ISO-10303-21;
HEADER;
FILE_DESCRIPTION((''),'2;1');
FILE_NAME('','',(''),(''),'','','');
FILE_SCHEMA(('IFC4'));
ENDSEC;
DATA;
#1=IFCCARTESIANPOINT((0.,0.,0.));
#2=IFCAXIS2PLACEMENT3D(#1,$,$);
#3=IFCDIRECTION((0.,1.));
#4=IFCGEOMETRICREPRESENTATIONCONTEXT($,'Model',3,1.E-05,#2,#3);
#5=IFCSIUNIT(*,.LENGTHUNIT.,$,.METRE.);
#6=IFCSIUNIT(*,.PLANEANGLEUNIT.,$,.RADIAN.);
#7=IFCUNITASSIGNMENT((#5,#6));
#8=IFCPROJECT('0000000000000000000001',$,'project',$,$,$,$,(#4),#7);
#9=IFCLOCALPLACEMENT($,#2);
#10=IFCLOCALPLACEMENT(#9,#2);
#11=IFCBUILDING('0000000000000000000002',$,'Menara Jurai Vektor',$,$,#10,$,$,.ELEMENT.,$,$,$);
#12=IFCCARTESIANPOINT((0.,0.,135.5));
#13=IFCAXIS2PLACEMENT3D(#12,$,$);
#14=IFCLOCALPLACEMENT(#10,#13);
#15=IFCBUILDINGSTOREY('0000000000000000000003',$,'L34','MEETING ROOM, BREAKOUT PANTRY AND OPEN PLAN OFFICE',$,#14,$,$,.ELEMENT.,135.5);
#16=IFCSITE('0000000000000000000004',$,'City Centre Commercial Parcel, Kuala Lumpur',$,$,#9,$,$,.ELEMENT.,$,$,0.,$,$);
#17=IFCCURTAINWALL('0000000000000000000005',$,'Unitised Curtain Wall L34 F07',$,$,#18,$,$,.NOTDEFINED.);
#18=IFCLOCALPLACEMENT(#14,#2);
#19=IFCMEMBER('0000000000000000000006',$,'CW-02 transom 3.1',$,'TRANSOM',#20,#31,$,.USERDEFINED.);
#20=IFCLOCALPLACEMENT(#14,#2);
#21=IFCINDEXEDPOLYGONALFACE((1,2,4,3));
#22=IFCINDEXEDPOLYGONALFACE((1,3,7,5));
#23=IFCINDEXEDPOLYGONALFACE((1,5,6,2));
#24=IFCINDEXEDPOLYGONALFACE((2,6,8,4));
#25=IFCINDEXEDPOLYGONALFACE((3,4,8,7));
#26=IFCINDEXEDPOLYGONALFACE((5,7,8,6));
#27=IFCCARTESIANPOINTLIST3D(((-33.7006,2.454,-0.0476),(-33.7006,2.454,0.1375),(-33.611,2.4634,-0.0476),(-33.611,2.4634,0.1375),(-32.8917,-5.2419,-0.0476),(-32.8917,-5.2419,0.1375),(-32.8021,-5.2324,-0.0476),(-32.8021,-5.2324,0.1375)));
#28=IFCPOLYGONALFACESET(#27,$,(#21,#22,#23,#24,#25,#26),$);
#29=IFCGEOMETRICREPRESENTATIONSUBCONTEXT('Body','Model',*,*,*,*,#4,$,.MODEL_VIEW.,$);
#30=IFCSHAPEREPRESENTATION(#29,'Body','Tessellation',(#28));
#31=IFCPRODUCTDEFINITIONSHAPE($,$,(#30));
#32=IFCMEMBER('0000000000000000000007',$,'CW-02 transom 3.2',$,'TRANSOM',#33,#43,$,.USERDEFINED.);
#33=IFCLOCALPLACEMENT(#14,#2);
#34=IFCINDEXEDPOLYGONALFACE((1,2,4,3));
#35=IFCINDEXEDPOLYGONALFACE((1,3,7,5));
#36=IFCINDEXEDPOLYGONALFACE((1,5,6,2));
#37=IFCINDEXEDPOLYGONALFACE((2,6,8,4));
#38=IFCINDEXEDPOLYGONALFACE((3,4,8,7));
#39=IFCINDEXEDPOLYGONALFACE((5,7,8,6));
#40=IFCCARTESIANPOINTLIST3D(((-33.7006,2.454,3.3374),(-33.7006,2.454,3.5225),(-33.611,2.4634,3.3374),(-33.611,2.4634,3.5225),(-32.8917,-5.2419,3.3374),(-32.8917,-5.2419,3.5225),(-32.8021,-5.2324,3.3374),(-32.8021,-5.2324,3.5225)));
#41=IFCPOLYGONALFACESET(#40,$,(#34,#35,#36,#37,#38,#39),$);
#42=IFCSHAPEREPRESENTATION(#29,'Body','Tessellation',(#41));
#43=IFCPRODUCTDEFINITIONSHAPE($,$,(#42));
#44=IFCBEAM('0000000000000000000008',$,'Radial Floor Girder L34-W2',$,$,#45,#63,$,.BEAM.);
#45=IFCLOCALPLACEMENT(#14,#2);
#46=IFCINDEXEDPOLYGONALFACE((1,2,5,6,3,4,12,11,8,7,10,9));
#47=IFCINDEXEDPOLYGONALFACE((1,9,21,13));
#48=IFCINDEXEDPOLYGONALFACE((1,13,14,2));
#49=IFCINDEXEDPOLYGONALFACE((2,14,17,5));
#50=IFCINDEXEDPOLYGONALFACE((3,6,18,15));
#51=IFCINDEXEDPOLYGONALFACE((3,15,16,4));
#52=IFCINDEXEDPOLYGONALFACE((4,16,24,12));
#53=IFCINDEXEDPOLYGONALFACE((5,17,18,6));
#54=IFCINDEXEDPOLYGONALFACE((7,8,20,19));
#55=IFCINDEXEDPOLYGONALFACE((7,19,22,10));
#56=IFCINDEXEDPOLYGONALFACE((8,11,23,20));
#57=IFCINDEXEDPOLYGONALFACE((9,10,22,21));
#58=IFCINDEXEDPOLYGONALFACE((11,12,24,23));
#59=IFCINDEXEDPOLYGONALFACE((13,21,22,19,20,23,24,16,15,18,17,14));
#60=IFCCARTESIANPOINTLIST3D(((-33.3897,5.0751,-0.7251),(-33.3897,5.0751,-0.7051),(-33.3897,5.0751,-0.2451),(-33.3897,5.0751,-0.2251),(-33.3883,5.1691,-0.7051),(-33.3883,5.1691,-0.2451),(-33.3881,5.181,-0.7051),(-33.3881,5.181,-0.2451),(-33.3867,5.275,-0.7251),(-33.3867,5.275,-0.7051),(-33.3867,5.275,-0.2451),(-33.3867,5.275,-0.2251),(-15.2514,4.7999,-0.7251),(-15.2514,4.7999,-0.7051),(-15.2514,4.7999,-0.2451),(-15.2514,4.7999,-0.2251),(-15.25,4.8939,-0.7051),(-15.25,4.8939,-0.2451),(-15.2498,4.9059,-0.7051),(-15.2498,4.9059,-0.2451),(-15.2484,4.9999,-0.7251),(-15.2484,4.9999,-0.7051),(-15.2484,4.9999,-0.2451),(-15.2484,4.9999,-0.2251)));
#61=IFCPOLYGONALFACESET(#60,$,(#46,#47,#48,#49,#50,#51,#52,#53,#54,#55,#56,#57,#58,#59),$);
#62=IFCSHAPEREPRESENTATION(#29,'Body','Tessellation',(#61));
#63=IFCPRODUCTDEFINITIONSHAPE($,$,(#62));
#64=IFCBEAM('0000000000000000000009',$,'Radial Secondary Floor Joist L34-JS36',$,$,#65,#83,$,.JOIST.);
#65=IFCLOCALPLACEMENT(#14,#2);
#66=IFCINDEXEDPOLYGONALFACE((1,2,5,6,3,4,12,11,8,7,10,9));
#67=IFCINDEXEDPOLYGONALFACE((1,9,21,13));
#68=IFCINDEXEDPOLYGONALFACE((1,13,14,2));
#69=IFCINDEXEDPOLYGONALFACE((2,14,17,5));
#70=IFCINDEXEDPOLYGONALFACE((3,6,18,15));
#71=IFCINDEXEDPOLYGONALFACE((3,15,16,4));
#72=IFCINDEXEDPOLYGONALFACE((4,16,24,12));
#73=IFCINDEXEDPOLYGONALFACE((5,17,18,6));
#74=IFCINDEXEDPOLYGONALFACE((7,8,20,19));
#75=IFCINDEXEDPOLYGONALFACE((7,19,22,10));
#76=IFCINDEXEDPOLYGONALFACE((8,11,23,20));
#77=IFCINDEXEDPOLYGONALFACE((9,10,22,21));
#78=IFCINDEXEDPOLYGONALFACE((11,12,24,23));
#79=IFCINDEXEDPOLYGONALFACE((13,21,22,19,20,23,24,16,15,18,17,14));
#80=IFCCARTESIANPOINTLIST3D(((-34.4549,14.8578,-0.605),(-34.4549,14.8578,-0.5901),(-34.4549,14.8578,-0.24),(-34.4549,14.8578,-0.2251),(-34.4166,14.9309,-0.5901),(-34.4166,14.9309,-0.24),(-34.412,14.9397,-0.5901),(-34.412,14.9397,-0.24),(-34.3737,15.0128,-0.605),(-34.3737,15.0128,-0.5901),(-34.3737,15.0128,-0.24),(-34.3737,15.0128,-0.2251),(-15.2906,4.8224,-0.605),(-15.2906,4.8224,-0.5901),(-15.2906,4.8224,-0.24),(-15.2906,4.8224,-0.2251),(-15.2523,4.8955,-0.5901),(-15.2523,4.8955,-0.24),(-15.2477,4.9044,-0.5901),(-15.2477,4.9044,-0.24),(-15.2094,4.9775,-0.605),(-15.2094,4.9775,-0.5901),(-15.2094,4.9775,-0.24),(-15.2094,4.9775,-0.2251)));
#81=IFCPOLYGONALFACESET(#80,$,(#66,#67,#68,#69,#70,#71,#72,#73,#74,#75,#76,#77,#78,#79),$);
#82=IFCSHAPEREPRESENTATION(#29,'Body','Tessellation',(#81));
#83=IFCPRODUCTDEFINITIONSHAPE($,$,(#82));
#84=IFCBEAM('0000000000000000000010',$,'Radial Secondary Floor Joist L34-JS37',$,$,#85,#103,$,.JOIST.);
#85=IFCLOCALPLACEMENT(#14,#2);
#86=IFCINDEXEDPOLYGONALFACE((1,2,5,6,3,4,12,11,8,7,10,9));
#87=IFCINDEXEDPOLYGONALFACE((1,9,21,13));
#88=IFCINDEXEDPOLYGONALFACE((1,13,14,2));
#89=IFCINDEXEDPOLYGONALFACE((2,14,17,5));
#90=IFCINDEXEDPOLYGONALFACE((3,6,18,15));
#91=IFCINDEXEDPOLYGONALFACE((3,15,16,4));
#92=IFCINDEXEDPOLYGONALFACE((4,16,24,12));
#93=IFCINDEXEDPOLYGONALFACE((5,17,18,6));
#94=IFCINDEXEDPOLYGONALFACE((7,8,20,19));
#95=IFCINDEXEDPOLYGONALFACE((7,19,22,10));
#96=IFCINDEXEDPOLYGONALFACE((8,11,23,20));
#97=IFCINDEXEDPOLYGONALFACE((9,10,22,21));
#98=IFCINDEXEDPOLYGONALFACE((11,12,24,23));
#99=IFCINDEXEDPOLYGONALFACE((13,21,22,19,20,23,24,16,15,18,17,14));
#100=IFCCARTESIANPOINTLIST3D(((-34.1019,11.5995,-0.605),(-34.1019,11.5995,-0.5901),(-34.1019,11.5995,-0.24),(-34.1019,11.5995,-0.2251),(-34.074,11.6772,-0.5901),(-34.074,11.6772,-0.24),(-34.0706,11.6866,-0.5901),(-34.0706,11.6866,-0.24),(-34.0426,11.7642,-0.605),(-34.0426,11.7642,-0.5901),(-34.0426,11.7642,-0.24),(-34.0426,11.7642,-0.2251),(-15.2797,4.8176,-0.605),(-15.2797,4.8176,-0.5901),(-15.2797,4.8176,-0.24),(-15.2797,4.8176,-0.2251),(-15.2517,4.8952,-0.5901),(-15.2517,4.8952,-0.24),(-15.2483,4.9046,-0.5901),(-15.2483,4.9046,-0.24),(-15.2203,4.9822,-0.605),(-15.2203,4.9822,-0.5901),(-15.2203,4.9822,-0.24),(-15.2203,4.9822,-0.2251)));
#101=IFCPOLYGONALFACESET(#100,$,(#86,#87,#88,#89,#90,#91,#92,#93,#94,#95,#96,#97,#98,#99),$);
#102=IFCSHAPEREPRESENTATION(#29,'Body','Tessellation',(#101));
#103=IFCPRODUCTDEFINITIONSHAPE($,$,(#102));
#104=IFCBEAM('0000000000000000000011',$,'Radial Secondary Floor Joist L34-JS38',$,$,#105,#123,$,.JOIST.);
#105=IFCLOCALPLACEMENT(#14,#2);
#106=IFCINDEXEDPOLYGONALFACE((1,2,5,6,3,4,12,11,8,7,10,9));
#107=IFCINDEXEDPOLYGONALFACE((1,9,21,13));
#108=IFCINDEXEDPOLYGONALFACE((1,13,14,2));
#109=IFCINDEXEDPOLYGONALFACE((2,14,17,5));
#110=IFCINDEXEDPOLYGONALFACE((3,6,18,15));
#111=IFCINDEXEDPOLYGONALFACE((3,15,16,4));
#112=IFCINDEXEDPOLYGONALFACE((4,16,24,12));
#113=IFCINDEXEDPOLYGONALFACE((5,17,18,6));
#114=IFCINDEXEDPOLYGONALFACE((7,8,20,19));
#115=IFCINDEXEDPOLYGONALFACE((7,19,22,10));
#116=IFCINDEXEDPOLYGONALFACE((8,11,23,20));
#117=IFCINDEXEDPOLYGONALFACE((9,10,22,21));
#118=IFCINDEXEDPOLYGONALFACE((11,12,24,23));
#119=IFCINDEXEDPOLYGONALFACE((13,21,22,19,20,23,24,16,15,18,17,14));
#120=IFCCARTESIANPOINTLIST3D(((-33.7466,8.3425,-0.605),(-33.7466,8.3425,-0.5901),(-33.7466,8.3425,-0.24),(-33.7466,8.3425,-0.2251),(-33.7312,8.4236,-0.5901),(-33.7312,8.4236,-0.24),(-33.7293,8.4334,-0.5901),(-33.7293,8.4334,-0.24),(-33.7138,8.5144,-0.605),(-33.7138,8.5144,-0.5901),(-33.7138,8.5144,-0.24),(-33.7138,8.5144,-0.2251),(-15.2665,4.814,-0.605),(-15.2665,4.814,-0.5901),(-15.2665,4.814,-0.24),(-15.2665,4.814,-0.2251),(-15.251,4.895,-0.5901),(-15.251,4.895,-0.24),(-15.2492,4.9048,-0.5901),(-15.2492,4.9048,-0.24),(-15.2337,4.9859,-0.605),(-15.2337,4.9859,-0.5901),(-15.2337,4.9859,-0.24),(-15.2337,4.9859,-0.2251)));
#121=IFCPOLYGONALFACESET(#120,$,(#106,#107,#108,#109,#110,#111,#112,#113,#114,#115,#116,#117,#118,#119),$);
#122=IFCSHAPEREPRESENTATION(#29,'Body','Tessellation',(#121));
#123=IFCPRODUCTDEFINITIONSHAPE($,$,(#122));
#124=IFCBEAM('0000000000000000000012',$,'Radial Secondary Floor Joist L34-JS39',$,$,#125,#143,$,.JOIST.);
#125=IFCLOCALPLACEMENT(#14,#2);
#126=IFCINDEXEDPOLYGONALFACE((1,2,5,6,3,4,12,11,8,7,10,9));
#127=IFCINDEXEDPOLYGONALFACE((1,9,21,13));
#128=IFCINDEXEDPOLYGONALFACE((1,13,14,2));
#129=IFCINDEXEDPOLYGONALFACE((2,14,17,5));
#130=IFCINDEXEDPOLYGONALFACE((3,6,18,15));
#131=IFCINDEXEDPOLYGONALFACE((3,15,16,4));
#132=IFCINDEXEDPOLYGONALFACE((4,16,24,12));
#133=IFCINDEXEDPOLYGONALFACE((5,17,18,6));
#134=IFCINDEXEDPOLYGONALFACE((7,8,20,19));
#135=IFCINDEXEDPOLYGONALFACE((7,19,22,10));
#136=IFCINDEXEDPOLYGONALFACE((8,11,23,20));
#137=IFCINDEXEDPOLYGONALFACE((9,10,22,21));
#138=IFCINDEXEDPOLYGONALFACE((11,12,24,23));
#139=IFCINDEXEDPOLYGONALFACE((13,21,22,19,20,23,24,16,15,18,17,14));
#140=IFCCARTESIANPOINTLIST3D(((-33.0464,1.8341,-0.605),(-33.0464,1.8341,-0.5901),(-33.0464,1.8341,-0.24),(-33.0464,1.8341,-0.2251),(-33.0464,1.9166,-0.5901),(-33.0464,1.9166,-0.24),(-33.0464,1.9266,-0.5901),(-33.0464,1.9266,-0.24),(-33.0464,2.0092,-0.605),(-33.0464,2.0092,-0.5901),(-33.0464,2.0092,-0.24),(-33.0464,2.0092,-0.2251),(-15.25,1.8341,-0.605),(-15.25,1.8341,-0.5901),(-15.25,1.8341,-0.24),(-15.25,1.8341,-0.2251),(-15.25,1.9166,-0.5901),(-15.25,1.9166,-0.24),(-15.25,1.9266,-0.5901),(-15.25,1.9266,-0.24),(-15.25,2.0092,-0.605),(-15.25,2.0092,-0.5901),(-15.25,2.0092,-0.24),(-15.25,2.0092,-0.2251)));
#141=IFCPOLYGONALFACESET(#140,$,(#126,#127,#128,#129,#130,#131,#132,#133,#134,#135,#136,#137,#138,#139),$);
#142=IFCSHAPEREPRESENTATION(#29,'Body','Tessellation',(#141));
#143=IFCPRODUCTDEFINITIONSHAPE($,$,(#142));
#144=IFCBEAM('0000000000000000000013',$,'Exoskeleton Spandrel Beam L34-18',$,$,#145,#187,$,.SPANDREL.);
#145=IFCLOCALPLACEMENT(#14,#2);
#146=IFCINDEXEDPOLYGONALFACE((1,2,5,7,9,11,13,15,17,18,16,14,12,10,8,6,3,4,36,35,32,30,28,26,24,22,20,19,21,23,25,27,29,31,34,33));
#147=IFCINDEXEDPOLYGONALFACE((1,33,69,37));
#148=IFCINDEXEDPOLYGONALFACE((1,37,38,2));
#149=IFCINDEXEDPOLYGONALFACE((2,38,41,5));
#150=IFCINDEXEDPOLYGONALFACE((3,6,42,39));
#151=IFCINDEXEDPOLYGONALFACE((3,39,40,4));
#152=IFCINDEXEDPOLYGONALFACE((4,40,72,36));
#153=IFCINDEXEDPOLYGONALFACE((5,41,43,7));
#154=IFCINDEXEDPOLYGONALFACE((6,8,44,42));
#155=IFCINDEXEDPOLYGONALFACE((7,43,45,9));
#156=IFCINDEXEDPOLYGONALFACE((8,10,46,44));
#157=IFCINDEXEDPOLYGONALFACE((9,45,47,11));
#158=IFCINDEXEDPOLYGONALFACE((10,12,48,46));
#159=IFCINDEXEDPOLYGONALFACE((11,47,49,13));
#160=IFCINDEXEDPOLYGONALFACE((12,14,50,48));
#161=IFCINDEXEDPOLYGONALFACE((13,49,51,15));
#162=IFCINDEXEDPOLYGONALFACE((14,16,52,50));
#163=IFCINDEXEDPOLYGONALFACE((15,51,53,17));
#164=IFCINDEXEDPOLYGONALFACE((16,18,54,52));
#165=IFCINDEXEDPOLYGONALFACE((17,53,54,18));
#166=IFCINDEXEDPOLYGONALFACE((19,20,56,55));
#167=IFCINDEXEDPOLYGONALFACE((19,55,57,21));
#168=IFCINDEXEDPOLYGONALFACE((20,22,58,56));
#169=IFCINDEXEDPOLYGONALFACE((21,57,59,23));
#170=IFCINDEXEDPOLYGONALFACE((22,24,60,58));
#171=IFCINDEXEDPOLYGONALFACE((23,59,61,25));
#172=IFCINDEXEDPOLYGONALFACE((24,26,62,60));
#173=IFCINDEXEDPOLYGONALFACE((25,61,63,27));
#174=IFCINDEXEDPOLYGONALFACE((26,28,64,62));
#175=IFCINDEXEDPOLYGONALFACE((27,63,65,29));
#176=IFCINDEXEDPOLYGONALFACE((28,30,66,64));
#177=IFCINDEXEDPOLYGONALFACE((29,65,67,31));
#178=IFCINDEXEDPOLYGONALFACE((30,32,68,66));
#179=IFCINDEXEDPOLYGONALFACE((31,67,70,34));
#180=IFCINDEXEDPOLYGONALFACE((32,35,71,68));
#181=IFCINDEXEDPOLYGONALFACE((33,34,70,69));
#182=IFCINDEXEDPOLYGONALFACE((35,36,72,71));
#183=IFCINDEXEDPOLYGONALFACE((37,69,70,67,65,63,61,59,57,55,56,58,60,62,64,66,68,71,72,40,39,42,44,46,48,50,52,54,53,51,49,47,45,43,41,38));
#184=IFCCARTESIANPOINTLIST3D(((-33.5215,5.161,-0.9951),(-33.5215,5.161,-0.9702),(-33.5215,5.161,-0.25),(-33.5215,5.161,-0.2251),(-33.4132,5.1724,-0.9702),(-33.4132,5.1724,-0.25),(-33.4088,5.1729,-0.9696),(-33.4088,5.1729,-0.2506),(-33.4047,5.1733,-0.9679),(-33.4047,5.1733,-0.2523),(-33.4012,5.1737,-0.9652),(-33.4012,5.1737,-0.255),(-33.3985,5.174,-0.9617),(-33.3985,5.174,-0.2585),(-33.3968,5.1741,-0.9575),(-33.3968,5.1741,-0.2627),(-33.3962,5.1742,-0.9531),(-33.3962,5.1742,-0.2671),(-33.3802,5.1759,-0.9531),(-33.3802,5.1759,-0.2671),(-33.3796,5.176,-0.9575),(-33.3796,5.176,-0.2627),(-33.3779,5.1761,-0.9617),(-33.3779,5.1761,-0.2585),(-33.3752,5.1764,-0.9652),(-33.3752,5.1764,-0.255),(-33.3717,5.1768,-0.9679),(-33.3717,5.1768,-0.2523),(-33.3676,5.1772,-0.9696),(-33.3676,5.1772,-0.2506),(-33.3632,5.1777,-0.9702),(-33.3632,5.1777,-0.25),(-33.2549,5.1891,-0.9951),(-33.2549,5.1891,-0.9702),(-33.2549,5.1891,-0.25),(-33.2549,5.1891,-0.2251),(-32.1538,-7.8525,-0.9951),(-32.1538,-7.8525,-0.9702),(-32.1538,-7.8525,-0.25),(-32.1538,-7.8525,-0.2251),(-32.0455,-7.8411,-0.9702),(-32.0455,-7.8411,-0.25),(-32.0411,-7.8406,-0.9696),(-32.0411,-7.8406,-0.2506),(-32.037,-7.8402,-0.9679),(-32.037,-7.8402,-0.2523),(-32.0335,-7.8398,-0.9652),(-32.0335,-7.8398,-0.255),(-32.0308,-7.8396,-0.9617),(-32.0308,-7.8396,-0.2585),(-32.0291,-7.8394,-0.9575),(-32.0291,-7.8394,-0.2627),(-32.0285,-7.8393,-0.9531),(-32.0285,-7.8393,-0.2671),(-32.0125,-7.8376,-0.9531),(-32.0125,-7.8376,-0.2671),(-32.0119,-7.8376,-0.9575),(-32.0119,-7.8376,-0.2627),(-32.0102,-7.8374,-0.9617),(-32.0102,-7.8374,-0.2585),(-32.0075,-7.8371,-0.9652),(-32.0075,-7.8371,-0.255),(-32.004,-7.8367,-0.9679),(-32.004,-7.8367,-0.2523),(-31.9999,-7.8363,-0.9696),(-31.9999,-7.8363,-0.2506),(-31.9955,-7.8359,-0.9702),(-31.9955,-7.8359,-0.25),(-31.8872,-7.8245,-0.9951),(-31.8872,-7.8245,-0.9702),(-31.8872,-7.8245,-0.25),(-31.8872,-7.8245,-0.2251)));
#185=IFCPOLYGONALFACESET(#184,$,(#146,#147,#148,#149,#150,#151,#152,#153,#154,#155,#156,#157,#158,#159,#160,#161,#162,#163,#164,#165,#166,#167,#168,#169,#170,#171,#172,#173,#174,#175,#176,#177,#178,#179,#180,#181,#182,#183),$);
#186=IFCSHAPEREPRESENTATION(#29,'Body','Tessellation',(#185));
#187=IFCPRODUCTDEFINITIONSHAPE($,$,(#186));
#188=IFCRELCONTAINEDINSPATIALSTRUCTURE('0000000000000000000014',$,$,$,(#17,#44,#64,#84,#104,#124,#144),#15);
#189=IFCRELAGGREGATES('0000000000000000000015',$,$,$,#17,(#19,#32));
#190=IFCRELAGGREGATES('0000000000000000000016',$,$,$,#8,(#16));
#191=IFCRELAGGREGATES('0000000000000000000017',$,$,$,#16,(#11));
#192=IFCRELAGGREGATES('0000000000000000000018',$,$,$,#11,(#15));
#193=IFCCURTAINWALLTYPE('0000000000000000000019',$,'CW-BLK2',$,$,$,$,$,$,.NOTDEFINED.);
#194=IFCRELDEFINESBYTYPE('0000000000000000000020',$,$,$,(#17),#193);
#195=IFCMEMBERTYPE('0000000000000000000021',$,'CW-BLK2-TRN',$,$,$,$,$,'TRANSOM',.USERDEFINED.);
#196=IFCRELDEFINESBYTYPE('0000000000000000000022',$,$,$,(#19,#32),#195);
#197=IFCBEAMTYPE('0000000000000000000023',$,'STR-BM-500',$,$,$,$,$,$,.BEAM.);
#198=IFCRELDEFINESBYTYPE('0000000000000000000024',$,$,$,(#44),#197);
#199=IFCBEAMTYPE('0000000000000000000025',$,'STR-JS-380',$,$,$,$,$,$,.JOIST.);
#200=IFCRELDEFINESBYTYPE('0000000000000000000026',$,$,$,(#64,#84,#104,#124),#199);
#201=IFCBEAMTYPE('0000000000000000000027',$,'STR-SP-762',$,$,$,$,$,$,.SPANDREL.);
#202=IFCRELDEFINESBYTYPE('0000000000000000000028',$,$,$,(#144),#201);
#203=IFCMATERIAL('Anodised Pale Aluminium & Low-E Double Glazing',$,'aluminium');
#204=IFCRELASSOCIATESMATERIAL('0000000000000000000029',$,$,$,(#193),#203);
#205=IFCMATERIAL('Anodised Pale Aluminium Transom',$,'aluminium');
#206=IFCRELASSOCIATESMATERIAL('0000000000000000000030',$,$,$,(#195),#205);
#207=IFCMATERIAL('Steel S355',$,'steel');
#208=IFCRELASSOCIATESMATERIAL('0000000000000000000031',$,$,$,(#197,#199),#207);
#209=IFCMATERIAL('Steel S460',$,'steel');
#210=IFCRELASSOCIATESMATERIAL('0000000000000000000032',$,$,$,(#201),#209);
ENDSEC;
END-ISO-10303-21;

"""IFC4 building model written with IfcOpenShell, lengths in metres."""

from ifc_helpers import new_model, si_unit, direction, frame, origin, origin_2d, place, context, subcontext, project, spatial, rectangle, i_section, extrude, material, material_profile, profile_set, type_object, element, aggregate, save


model = new_model("IFC4")

# Units and contexts
model_context = context("Model", 3, precision=1e-05, world=origin(), true_north=direction((0.0, 1.0)))
body_context = subcontext(model_context, "Body", "Model", "MODEL_VIEW")
ifc_project = project(units=[si_unit("LENGTHUNIT", "METRE"), si_unit("PLANEANGLEUNIT", "RADIAN")], contexts=[model_context])

# Site, building, storey
site_placement = place(None, origin())
site = spatial("IfcSite", under=ifc_project, at=site_placement, Name="City Centre Commercial Parcel, Kuala Lumpur", CompositionType="ELEMENT", RefElevation=0.0)
building_placement = place(site_placement, origin())
building = spatial("IfcBuilding", under=site, at=building_placement, Name="Menara Jurai Vektor", CompositionType="ELEMENT")
storey_placement = place(building_placement, frame((0.0, 0.0, 135.5)))
storey = spatial("IfcBuildingStorey", under=building, at=storey_placement, Name="L34", Description="MEETING ROOM, BREAKOUT PANTRY AND OPEN PLAN OFFICE", CompositionType="ELEMENT", Elevation=135.5)

# Shared definitions
ifc_material_1 = material(Name="Steel S460", Category="steel")

# Curtain wall, members
ifc_material_2 = material(Name="Anodised Pale Aluminium & Low-E Double Glazing", Category="aluminium")
curtain_wall_type = type_object("IfcCurtainWallType", Name="CW-BLK2", PredefinedType="NOTDEFINED", material=ifc_material_2)
curtain_wall_placement = place(storey_placement, origin())
curtain_wall = element("IfcCurtainWall", 1, at=curtain_wall_placement, inside=storey, type_object=curtain_wall_type, Name="Unitised Curtain Wall L34 F07", PredefinedType="NOTDEFINED")
ifc_material_3 = material(Name="Anodised Pale Aluminium Transom", Category="aluminium")
ifc_material_profile_1 = material_profile(ifc_material_3, rectangle(XDim=0.0901, YDim=0.1851, at=origin_2d()), Name="ALU TRN 90x185")
ifc_profile_set_1 = profile_set([ifc_material_profile_1], Name="Anodised Pale Aluminium Transom")
member_type_1 = type_object("IfcMemberType", Name="CW-BLK2-TRN", ElementType="TRANSOM", PredefinedType="USERDEFINED", material=ifc_profile_set_1)
member_1_placement = place(storey_placement, frame((-33.6558, 2.4587, 0.0449), z_axis=(0.104525, -0.994522, 0.0), x_axis=(0.994522, 0.104525, 0.0)))
member_1 = element("IfcMember", 2, at=member_1_placement, type_object=member_type_1, Name="CW-02 transom 3.1", ObjectType="TRANSOM", PredefinedType="USERDEFINED", context=body_context, shape_type="SweptSolid", body=[
    extrude(rectangle(XDim=0.0901, YDim=0.1851, at=origin_2d()), origin(), (0.0, 0.0, 1.0), 7.7383),
])
member_2_placement = place(storey_placement, frame((-33.6558, 2.4587, 3.4299), z_axis=(0.104525, -0.994522, 0.0), x_axis=(0.994522, 0.104525, 0.0)))
member_2 = element("IfcMember", 3, at=member_2_placement, type_object=member_type_1, Name="CW-02 transom 3.2", ObjectType="TRANSOM", PredefinedType="USERDEFINED", context=body_context, shape_type="SweptSolid", body=[
    extrude(rectangle(XDim=0.0901, YDim=0.1851, at=origin_2d()), origin(), (0.0, 0.0, 1.0), 7.7383),
])

# Beams
ifc_material_4 = material(Name="Steel S355", Category="steel")
ifc_material_profile_2 = material_profile(ifc_material_4, i_section(OverallWidth=0.2, OverallDepth=0.5, WebThickness=0.012, FlangeThickness=0.02, at=origin_2d()), Name="PG 500x200x96")
ifc_profile_set_2 = profile_set([ifc_material_profile_2], Name="Steel S355")
beam_type_1 = type_object("IfcBeamType", Name="STR-BM-500", PredefinedType="BEAM", material=ifc_profile_set_2)
beam_1_placement = place(storey_placement, frame((-33.3882, 5.175, -0.4751), z_axis=(0.999885, -0.015168, 0.0), x_axis=(0.015168, 0.999885, 0.0)))
element("IfcBeam", 4, at=beam_1_placement, inside=storey, type_object=beam_type_1, Name="Radial Floor Girder L34-W2", PredefinedType="BEAM", context=body_context, shape_type="SweptSolid", body=[
    extrude(i_section(OverallWidth=0.2, OverallDepth=0.5, WebThickness=0.012, FlangeThickness=0.02, at=origin_2d()), origin(), (0.0, 0.0, 1.0), 18.1404),
])
ifc_material_profile_3 = material_profile(ifc_material_4, i_section(OverallWidth=0.175, OverallDepth=0.3799, WebThickness=0.01, FlangeThickness=0.0149, at=origin_2d()), Name="PG 380x175x58")
ifc_profile_set_3 = profile_set([ifc_material_profile_3], Name="Steel S355")
beam_type_2 = type_object("IfcBeamType", Name="STR-JS-380", PredefinedType="JOIST", material=ifc_profile_set_3)
beam_2_placement = place(storey_placement, frame((-34.4143, 14.9353, -0.415), z_axis=(0.885889, -0.463897, 0.0), x_axis=(0.463897, 0.885889, 0.0)))
element("IfcBeam", 5, at=beam_2_placement, inside=storey, type_object=beam_type_2, Name="Radial Secondary Floor Joist L34-JS36", PredefinedType="JOIST", context=body_context, shape_type="SweptSolid", body=[
    extrude(i_section(OverallWidth=0.175, OverallDepth=0.3799, WebThickness=0.01, FlangeThickness=0.0149, at=origin_2d()), origin(), (0.0, 0.0, 1.0), 21.6328),
])
beam_3_placement = place(storey_placement, frame((-34.0723, 11.6819, -0.415), z_axis=(0.940792, -0.338983, 0.0), x_axis=(0.338983, 0.940792, 0.0)))
element("IfcBeam", 6, at=beam_3_placement, inside=storey, type_object=beam_type_2, Name="Radial Secondary Floor Joist L34-JS37", PredefinedType="JOIST", context=body_context, shape_type="SweptSolid", body=[
    extrude(i_section(OverallWidth=0.175, OverallDepth=0.3799, WebThickness=0.01, FlangeThickness=0.0149, at=origin_2d()), origin(), (0.0, 0.0, 1.0), 20.0068),
])
beam_4_placement = place(storey_placement, frame((-33.7302, 8.4285, -0.415), z_axis=(0.982255, -0.187549, 0.0), x_axis=(0.187549, 0.982255, 0.0)))
element("IfcBeam", 7, at=beam_4_placement, inside=storey, type_object=beam_type_2, Name="Radial Secondary Floor Joist L34-JS38", PredefinedType="JOIST", context=body_context, shape_type="SweptSolid", body=[
    extrude(i_section(OverallWidth=0.175, OverallDepth=0.3799, WebThickness=0.01, FlangeThickness=0.0149, at=origin_2d()), origin(), (0.0, 0.0, 1.0), 18.814),
])
beam_5_placement = place(storey_placement, frame((-33.0464, 1.9216, -0.415), z_axis=(1.0, 0.0, 0.0), x_axis=(0.0, 1.0, 0.0)))
element("IfcBeam", 8, at=beam_5_placement, inside=storey, type_object=beam_type_2, Name="Radial Secondary Floor Joist L34-JS39", PredefinedType="JOIST", context=body_context, shape_type="SweptSolid", body=[
    extrude(i_section(OverallWidth=0.175, OverallDepth=0.3799, WebThickness=0.01, FlangeThickness=0.0149, at=origin_2d()), origin(), (0.0, 0.0, 1.0), 17.7964),
])
ifc_material_profile_4 = material_profile(ifc_material_1, i_section(OverallWidth=0.2681, OverallDepth=0.77, WebThickness=0.0161, FlangeThickness=0.0249, FilletRadius=0.0171, at=origin_2d()), Name="UKB 762x267x197")
ifc_profile_set_4 = profile_set([ifc_material_profile_4], Name="Steel S460")
beam_type_3 = type_object("IfcBeamType", Name="STR-SP-762", PredefinedType="SPANDREL", material=ifc_profile_set_4)
beam_6_placement = place(storey_placement, frame((-33.3882, 5.175, -0.6101), z_axis=(0.104522, -0.994523, 0.0), x_axis=(0.994523, 0.104522, 0.0)))
element("IfcBeam", 9, at=beam_6_placement, inside=storey, type_object=beam_type_3, Name="Exoskeleton Spandrel Beam L34-18", PredefinedType="SPANDREL", context=body_context, shape_type="SweptSolid", body=[
    extrude(i_section(OverallWidth=0.2681, OverallDepth=0.77, WebThickness=0.0161, FlangeThickness=0.0249, FilletRadius=0.0171, at=origin_2d()), origin(), (0.0, 0.0, 1.0), 13.0852),
])

aggregate(curtain_wall, [member_1, member_2])

save(model, "model.ifc")
